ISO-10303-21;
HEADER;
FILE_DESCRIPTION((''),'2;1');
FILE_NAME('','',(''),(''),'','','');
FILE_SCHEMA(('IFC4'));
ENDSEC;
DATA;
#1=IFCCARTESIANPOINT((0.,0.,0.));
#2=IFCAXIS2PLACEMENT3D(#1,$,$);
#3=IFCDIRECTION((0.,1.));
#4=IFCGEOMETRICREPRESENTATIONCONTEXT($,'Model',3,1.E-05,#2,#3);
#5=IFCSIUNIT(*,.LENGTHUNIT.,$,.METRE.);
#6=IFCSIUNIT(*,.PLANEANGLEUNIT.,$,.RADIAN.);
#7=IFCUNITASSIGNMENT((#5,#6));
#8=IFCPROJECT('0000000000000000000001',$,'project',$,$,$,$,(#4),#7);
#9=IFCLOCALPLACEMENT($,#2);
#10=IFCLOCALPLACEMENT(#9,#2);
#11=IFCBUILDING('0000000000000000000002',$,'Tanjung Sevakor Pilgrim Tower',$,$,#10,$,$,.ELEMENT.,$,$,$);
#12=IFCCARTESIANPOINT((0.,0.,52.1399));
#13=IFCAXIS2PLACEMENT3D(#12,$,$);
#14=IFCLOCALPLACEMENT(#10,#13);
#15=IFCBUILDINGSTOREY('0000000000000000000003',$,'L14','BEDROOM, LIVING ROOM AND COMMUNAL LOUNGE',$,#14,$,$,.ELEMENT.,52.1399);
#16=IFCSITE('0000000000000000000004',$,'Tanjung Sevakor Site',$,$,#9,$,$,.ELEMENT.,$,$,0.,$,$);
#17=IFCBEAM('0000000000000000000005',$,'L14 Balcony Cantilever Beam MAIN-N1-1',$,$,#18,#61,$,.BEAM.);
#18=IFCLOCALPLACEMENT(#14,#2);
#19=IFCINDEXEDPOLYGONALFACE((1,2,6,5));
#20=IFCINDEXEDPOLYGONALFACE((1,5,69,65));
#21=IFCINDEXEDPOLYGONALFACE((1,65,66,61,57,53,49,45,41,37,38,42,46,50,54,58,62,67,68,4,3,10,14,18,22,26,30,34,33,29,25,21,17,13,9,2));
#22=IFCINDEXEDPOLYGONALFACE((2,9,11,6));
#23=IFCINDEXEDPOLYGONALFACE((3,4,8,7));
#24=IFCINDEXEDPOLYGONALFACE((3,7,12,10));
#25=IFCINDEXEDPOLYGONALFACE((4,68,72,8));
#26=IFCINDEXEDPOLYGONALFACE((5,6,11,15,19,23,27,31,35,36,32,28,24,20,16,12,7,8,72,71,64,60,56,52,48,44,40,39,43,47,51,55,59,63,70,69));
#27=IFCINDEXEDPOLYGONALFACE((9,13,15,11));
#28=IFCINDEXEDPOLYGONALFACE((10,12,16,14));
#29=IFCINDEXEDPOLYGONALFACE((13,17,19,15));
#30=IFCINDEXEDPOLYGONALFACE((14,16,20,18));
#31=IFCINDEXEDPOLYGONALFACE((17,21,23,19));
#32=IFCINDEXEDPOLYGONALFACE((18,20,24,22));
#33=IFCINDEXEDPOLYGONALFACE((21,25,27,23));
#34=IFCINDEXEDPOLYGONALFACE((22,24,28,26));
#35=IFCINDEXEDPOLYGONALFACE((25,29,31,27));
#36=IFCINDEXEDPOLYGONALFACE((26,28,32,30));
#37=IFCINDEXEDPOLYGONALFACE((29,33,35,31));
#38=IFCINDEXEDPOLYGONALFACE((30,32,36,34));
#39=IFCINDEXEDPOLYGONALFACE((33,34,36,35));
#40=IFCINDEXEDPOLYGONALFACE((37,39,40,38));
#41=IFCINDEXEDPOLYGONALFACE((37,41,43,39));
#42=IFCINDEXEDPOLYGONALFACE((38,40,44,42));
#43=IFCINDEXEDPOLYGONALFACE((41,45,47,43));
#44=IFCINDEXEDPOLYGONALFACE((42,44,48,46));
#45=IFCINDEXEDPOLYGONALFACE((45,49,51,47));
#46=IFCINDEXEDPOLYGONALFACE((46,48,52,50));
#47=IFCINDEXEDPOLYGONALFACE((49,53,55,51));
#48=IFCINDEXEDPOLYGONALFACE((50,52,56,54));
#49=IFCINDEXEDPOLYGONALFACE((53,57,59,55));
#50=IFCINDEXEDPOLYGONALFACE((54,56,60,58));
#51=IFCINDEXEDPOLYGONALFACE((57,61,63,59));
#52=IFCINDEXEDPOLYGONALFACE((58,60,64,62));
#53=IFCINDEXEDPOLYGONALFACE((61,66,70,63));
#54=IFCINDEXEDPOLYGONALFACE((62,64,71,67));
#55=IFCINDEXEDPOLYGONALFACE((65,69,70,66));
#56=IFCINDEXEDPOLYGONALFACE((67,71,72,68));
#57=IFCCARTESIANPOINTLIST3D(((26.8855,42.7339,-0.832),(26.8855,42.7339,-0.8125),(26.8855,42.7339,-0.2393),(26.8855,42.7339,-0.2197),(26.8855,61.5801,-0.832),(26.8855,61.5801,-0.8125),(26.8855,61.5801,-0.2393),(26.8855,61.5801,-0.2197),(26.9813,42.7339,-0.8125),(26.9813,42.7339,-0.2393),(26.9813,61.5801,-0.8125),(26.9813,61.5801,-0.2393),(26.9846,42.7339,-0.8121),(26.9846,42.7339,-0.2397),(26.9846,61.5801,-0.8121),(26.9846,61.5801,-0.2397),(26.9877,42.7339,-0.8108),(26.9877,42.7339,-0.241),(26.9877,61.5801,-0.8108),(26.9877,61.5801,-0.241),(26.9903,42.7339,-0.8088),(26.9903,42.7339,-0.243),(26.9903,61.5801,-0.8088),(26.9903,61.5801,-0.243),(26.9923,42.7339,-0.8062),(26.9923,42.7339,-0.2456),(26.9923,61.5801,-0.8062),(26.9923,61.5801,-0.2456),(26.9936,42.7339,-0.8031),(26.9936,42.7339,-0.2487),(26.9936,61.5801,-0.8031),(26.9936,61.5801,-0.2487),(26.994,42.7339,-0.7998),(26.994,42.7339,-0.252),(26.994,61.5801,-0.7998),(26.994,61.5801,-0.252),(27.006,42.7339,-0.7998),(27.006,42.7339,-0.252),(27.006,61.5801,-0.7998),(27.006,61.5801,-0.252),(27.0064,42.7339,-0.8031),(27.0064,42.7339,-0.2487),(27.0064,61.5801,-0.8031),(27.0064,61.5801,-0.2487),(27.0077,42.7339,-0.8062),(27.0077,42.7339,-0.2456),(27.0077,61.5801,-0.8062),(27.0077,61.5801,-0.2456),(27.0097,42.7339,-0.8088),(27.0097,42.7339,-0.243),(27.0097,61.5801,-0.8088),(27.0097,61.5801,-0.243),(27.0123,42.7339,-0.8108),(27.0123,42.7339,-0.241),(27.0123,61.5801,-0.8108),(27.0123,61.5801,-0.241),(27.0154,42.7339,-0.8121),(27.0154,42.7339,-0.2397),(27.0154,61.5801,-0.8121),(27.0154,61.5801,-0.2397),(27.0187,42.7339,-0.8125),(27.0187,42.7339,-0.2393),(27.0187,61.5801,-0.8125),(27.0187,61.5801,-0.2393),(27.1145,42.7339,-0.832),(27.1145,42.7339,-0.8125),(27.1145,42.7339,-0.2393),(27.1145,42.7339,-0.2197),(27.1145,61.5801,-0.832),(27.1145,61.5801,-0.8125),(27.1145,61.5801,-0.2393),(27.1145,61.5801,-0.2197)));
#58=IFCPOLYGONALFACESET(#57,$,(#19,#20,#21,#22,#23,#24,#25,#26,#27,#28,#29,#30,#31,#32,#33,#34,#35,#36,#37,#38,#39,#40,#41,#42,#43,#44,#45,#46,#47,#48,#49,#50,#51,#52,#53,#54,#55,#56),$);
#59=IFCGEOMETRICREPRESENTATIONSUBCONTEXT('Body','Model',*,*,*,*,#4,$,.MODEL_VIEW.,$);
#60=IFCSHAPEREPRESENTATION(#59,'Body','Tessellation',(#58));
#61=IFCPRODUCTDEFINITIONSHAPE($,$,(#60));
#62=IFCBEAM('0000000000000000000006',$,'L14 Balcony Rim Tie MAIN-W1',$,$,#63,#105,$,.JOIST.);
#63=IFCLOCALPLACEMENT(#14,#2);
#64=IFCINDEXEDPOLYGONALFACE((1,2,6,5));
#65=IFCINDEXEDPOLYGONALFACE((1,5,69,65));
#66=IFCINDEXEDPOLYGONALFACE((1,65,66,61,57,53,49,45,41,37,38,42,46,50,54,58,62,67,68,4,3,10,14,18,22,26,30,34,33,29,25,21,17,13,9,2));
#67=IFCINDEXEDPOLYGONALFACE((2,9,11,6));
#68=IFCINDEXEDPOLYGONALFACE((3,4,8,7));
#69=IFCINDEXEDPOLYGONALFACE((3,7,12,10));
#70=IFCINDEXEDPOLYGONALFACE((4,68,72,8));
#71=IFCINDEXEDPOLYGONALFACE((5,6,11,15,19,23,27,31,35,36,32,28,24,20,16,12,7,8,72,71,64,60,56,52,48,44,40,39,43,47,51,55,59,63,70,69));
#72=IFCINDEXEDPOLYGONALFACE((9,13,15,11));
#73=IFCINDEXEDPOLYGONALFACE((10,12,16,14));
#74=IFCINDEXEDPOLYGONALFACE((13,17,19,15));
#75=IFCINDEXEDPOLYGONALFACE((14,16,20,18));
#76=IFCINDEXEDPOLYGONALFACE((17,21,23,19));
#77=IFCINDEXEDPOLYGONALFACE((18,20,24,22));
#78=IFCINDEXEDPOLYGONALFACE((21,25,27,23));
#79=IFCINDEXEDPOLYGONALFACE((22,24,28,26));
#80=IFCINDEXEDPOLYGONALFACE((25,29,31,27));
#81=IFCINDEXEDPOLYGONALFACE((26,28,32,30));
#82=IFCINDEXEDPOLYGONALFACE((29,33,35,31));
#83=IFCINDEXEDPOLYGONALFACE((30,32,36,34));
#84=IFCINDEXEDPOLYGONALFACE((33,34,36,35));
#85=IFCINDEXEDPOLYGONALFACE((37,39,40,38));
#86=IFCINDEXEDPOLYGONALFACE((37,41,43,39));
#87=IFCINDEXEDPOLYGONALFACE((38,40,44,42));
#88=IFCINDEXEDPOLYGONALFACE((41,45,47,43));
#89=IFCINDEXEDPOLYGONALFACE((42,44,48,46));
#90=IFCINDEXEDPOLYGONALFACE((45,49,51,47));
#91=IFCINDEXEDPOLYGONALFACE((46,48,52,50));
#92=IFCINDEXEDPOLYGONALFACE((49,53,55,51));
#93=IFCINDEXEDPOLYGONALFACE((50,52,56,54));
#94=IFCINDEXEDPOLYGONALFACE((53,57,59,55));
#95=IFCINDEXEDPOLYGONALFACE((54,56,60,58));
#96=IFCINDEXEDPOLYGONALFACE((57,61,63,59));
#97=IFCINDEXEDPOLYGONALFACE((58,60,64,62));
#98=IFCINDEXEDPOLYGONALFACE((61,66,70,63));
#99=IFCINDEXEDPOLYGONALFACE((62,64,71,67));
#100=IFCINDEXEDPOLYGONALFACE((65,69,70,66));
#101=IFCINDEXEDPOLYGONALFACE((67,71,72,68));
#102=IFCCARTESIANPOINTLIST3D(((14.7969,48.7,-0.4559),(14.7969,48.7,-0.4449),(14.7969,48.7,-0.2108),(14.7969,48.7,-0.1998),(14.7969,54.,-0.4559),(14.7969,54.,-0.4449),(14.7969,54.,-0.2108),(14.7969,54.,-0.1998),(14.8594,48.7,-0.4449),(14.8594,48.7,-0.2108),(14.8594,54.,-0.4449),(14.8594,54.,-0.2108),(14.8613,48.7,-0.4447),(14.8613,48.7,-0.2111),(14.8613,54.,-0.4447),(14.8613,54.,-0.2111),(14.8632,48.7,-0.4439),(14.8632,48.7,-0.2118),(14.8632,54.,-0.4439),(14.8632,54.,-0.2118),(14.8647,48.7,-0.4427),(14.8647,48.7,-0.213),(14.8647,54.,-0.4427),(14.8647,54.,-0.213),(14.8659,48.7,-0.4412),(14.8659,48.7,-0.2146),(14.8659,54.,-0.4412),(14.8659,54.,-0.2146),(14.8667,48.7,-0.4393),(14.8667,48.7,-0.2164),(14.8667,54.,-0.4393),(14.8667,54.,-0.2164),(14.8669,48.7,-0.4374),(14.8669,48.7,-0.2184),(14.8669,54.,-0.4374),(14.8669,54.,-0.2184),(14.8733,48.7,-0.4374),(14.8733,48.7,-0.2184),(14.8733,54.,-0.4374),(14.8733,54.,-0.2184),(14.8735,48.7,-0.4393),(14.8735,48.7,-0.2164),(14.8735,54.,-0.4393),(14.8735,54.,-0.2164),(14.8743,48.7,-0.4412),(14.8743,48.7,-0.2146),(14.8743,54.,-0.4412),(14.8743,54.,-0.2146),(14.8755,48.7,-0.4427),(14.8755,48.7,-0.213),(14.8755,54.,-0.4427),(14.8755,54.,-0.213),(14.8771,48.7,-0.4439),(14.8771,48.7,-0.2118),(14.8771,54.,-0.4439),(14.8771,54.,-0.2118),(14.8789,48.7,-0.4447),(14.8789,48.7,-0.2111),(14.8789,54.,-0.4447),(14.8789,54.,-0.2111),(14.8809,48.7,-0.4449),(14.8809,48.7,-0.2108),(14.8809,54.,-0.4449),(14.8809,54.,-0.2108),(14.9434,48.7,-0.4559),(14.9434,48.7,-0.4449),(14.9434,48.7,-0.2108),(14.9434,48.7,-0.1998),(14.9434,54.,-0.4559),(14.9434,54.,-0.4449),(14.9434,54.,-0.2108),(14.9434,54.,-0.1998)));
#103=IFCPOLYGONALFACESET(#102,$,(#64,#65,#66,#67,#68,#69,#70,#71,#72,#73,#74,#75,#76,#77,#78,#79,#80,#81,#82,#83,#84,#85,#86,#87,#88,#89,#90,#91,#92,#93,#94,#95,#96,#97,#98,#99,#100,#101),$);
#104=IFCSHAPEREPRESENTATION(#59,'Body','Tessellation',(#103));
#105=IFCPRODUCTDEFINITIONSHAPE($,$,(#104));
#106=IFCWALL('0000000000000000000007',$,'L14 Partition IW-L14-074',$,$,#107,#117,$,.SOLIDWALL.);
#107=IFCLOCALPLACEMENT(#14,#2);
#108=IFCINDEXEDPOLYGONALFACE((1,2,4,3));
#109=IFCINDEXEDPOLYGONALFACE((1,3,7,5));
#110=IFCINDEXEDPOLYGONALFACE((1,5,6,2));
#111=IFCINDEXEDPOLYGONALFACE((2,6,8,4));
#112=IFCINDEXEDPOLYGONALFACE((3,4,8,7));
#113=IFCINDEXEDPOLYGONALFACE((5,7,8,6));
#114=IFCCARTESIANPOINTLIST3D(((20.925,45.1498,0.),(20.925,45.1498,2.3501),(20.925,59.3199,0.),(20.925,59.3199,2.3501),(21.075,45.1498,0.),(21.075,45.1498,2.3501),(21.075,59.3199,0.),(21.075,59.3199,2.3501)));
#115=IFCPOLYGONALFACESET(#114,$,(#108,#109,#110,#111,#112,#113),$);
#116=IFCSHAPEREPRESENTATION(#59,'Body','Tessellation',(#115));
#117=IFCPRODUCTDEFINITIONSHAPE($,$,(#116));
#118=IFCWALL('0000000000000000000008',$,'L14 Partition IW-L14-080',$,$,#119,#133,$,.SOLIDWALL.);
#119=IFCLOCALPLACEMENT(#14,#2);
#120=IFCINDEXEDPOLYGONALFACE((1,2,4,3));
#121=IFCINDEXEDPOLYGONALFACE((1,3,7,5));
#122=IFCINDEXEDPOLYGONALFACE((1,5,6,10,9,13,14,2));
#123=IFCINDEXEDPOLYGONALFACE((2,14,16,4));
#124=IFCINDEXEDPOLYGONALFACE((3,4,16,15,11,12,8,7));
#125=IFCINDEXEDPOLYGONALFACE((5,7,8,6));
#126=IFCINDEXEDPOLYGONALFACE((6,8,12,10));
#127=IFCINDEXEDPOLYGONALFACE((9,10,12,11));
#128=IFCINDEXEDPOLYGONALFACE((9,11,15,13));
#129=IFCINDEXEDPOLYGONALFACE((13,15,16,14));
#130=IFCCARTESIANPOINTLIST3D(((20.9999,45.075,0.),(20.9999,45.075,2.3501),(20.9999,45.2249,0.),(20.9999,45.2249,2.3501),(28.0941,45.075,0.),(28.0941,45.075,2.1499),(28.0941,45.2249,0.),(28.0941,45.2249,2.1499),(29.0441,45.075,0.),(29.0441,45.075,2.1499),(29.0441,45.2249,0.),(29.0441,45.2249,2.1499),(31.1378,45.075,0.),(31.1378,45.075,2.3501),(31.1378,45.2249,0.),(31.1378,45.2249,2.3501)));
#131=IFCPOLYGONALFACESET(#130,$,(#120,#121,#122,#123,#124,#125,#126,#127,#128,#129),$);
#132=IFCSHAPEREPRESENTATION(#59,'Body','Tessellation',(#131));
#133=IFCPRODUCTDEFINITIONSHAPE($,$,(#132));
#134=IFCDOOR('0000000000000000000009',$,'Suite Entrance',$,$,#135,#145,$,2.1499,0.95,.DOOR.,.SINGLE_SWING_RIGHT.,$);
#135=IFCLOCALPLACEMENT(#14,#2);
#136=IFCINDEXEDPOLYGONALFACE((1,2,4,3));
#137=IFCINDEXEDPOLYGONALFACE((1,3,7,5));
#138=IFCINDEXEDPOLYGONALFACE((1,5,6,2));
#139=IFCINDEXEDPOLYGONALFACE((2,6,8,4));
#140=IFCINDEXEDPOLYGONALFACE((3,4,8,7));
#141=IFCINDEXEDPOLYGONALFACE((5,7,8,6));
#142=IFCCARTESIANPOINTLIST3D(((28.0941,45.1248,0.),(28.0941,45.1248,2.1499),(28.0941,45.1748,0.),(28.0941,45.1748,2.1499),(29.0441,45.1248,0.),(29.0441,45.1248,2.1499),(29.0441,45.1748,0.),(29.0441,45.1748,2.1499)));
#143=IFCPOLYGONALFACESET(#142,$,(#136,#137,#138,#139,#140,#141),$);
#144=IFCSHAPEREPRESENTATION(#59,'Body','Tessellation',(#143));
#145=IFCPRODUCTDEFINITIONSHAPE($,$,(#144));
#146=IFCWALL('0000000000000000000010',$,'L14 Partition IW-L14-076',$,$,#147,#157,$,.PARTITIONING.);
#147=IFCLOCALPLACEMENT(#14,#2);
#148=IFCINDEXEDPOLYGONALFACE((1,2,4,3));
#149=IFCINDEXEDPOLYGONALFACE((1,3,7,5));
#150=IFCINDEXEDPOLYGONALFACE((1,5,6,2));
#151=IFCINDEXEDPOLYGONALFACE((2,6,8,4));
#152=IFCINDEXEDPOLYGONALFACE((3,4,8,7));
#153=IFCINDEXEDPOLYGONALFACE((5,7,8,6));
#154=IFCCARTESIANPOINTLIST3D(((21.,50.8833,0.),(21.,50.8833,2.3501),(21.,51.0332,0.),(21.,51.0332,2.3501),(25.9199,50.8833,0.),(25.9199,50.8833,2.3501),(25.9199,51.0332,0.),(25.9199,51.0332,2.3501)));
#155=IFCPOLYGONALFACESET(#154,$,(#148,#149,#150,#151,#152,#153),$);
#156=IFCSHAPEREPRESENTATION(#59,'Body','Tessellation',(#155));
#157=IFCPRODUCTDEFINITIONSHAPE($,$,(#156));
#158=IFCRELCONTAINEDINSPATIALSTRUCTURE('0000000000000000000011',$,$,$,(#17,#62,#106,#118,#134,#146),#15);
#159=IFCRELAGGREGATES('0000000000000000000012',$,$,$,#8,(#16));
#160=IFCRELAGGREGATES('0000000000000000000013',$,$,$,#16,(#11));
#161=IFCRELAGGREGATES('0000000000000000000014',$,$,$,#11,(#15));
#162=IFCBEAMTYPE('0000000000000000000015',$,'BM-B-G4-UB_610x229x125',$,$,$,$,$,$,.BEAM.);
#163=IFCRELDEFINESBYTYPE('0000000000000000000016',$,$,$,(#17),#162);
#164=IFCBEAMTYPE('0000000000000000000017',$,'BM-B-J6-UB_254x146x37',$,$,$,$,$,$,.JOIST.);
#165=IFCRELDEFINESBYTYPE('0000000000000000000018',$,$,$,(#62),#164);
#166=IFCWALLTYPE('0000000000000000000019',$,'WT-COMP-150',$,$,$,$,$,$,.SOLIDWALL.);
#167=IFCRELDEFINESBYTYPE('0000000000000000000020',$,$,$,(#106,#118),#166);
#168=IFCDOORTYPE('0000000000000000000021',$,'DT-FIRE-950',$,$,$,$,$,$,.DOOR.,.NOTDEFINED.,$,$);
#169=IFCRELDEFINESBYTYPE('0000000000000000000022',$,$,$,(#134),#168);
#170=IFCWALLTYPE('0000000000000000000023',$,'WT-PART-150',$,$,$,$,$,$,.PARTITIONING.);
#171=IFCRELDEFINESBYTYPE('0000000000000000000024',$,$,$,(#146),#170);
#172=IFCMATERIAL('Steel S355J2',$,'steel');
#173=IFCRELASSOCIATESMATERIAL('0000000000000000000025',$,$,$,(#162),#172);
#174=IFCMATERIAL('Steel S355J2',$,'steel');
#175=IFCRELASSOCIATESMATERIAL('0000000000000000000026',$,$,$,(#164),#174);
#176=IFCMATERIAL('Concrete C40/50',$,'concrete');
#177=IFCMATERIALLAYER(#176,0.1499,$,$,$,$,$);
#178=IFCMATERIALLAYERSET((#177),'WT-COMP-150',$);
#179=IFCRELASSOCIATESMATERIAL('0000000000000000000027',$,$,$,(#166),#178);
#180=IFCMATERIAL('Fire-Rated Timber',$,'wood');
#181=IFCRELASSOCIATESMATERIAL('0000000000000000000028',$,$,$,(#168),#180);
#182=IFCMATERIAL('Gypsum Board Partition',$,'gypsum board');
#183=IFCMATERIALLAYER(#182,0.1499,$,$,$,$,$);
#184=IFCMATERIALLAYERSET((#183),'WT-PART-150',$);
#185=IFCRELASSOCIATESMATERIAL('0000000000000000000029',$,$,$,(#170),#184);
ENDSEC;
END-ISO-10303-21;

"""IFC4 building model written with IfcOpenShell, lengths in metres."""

from ifc_helpers import new_model, si_unit, direction, frame, frame_2d, origin, origin_2d, place, context, subcontext, project, spatial, rectangle, i_section, extrude, material, layer, layer_set, material_profile, profile_set, type_object, element, fill, save


model = new_model("IFC4")

# Units and contexts
model_context = context("Model", 3, precision=1e-05, world=origin(), true_north=direction((0.0, 1.0)))
body_context = subcontext(model_context, "Body", "Model", "MODEL_VIEW")
ifc_project = project(units=[si_unit("LENGTHUNIT", "METRE"), si_unit("PLANEANGLEUNIT", "RADIAN")], contexts=[model_context])

# Site, building, storey
site_placement = place(None, origin())
site = spatial("IfcSite", under=ifc_project, at=site_placement, Name="Tanjung Sevakor Site", CompositionType="ELEMENT", RefElevation=0.0)
building_placement = place(site_placement, origin())
building = spatial("IfcBuilding", under=site, at=building_placement, Name="Tanjung Sevakor Pilgrim Tower", CompositionType="ELEMENT")
storey_placement = place(building_placement, frame((0.0, 0.0, 52.1399)))
storey = spatial("IfcBuildingStorey", under=building, at=storey_placement, Name="L14", Description="BEDROOM, LIVING ROOM AND COMMUNAL LOUNGE", CompositionType="ELEMENT", Elevation=52.1399)

# Beams
ifc_material_1 = material(Name="Steel S355J2", Category="steel")
ifc_material_profile_1 = material_profile(ifc_material_1, i_section(OverallWidth=0.229, OverallDepth=0.6123, WebThickness=0.012, FlangeThickness=0.0195, FilletRadius=0.0127, at=origin_2d()))
ifc_profile_set_1 = profile_set([ifc_material_profile_1], Name="Steel S355J2")
beam_type_1 = type_object("IfcBeamType", Name="BM-B-G4-UB_610x229x125", PredefinedType="BEAM", material=ifc_profile_set_1)
beam_1_placement = place(storey_placement, frame((27.0, 42.7339, -0.5259), z_axis=(0.0, 1.0, 0.0), x_axis=(-1.0, 0.0, 0.0)))
element("IfcBeam", 1, at=beam_1_placement, inside=storey, type_object=beam_type_1, Name="L14 Balcony Cantilever Beam MAIN-N1-1", PredefinedType="BEAM", context=body_context, shape_type="SweptSolid", body=[
    extrude(i_section(OverallWidth=0.229, OverallDepth=0.6123, WebThickness=0.012, FlangeThickness=0.0195, FilletRadius=0.0127, at=origin_2d()), origin(), (0.0, 0.0, 1.0), 18.8462),
])
ifc_material_2 = material(Name="Steel S355J2", Category="steel")
ifc_material_profile_2 = material_profile(ifc_material_2, i_section(OverallWidth=0.1465, OverallDepth=0.2561, WebThickness=0.0063, FlangeThickness=0.011, FilletRadius=0.0076, at=origin_2d()))
ifc_profile_set_2 = profile_set([ifc_material_profile_2], Name="Steel S355J2")
beam_type_2 = type_object("IfcBeamType", Name="BM-B-J6-UB_254x146x37", PredefinedType="JOIST", material=ifc_profile_set_2)
beam_2_placement = place(storey_placement, frame((14.8701, 48.7, -0.3279), z_axis=(0.0, 1.0, 0.0), x_axis=(-1.0, 0.0, 0.0)))
element("IfcBeam", 2, at=beam_2_placement, inside=storey, type_object=beam_type_2, Name="L14 Balcony Rim Tie MAIN-W1", PredefinedType="JOIST", context=body_context, shape_type="SweptSolid", body=[
    extrude(i_section(OverallWidth=0.1465, OverallDepth=0.2561, WebThickness=0.0063, FlangeThickness=0.011, FilletRadius=0.0076, at=origin_2d()), origin(), (0.0, 0.0, 1.0), 5.3),
])

# Wall
ifc_material_3 = material(Name="Concrete C40/50", Category="concrete")
ifc_layer_1 = layer(ifc_material_3, 0.1499)
ifc_layer_set_1 = layer_set([ifc_layer_1], Name="WT-COMP-150")
wall_type_1 = type_object("IfcWallType", Name="WT-COMP-150", PredefinedType="SOLIDWALL", material=ifc_layer_set_1)
wall_1_placement = place(storey_placement, frame((21.0, 45.1499, 0.0), z_axis=(0.0, 0.0, 1.0), x_axis=(0.0, 1.0, 0.0)))
element("IfcWall", 3, at=wall_1_placement, inside=storey, type_object=wall_type_1, Name="L14 Partition IW-L14-074", PredefinedType="SOLIDWALL", context=body_context, shape_type="SweptSolid", body=[
    extrude(rectangle(XDim=14.1702, YDim=0.1499, at=frame_2d((7.085, 0.0))), origin(), (0.0, 0.0, 1.0), 2.3501),
])

# Wall, opening, door
wall_2_placement = place(storey_placement, frame((21.0, 45.1499, 0.0), z_axis=(0.0, 0.0, 1.0), x_axis=(1.0, 0.0, 0.0)))
wall_2 = element("IfcWall", 4, at=wall_2_placement, inside=storey, type_object=wall_type_1, Name="L14 Partition IW-L14-080", PredefinedType="SOLIDWALL", context=body_context, shape_type="SweptSolid", body=[
    extrude(rectangle(XDim=10.1379, YDim=0.1499, at=frame_2d((5.0688, 0.0))), origin(), (0.0, 0.0, 1.0), 2.3501),
])
opening_1_placement = place(wall_2_placement, frame((7.094, 0.0, 0.0)))
opening_1 = element("IfcOpeningElement", 5, at=opening_1_placement, cuts=wall_2, PredefinedType="OPENING", context=body_context, shape_type="SweptSolid", body=[
    extrude(rectangle(XDim=0.95, YDim=2.1499, at=frame_2d((0.4751, 1.075))), frame((0.0, 0.085, 0.0), z_axis=(0.0, -1.0, 0.0), x_axis=(1.0, 0.0, 0.0)), (0.0, 0.0, 1.0), 0.1699),
])
ifc_material_4 = material(Name="Fire-Rated Timber", Category="wood")
door_type_1 = type_object("IfcDoorType", Name="DT-FIRE-950", OperationType="NOTDEFINED", PredefinedType="DOOR", material=ifc_material_4)
door_1_placement = place(opening_1_placement, origin())
door_1 = element("IfcDoor", 6, at=door_1_placement, inside=storey, type_object=door_type_1, Name="Suite Entrance", OperationType="SINGLE_SWING_RIGHT", OverallHeight=2.1499, OverallWidth=0.95, PredefinedType="DOOR", context=body_context, shape_type="SweptSolid", body=[
    extrude(rectangle(XDim=0.95, YDim=2.1499, at=frame_2d((0.4751, 1.075))), frame((0.0, 0.0249, 0.0), z_axis=(0.0, -1.0, 0.0), x_axis=(1.0, 0.0, 0.0)), (0.0, 0.0, 1.0), 0.05),
])
fill(opening_1, door_1)

# Wall
ifc_material_5 = material(Name="Gypsum Board Partition", Category="gypsum board")
ifc_layer_2 = layer(ifc_material_5, 0.1499)
ifc_layer_set_2 = layer_set([ifc_layer_2], Name="WT-PART-150")
wall_type_2 = type_object("IfcWallType", Name="WT-PART-150", PredefinedType="PARTITIONING", material=ifc_layer_set_2)
wall_3_placement = place(storey_placement, frame((21.0, 50.9583, 0.0), z_axis=(0.0, 0.0, 1.0), x_axis=(1.0, 0.0, 0.0)))
element("IfcWall", 7, at=wall_3_placement, inside=storey, type_object=wall_type_2, Name="L14 Partition IW-L14-076", PredefinedType="PARTITIONING", context=body_context, shape_type="SweptSolid", body=[
    extrude(rectangle(XDim=4.9199, YDim=0.1499, at=frame_2d((2.46, 0.0))), origin(), (0.0, 0.0, 1.0), 2.3501),
])

save(model, "model.ifc")
